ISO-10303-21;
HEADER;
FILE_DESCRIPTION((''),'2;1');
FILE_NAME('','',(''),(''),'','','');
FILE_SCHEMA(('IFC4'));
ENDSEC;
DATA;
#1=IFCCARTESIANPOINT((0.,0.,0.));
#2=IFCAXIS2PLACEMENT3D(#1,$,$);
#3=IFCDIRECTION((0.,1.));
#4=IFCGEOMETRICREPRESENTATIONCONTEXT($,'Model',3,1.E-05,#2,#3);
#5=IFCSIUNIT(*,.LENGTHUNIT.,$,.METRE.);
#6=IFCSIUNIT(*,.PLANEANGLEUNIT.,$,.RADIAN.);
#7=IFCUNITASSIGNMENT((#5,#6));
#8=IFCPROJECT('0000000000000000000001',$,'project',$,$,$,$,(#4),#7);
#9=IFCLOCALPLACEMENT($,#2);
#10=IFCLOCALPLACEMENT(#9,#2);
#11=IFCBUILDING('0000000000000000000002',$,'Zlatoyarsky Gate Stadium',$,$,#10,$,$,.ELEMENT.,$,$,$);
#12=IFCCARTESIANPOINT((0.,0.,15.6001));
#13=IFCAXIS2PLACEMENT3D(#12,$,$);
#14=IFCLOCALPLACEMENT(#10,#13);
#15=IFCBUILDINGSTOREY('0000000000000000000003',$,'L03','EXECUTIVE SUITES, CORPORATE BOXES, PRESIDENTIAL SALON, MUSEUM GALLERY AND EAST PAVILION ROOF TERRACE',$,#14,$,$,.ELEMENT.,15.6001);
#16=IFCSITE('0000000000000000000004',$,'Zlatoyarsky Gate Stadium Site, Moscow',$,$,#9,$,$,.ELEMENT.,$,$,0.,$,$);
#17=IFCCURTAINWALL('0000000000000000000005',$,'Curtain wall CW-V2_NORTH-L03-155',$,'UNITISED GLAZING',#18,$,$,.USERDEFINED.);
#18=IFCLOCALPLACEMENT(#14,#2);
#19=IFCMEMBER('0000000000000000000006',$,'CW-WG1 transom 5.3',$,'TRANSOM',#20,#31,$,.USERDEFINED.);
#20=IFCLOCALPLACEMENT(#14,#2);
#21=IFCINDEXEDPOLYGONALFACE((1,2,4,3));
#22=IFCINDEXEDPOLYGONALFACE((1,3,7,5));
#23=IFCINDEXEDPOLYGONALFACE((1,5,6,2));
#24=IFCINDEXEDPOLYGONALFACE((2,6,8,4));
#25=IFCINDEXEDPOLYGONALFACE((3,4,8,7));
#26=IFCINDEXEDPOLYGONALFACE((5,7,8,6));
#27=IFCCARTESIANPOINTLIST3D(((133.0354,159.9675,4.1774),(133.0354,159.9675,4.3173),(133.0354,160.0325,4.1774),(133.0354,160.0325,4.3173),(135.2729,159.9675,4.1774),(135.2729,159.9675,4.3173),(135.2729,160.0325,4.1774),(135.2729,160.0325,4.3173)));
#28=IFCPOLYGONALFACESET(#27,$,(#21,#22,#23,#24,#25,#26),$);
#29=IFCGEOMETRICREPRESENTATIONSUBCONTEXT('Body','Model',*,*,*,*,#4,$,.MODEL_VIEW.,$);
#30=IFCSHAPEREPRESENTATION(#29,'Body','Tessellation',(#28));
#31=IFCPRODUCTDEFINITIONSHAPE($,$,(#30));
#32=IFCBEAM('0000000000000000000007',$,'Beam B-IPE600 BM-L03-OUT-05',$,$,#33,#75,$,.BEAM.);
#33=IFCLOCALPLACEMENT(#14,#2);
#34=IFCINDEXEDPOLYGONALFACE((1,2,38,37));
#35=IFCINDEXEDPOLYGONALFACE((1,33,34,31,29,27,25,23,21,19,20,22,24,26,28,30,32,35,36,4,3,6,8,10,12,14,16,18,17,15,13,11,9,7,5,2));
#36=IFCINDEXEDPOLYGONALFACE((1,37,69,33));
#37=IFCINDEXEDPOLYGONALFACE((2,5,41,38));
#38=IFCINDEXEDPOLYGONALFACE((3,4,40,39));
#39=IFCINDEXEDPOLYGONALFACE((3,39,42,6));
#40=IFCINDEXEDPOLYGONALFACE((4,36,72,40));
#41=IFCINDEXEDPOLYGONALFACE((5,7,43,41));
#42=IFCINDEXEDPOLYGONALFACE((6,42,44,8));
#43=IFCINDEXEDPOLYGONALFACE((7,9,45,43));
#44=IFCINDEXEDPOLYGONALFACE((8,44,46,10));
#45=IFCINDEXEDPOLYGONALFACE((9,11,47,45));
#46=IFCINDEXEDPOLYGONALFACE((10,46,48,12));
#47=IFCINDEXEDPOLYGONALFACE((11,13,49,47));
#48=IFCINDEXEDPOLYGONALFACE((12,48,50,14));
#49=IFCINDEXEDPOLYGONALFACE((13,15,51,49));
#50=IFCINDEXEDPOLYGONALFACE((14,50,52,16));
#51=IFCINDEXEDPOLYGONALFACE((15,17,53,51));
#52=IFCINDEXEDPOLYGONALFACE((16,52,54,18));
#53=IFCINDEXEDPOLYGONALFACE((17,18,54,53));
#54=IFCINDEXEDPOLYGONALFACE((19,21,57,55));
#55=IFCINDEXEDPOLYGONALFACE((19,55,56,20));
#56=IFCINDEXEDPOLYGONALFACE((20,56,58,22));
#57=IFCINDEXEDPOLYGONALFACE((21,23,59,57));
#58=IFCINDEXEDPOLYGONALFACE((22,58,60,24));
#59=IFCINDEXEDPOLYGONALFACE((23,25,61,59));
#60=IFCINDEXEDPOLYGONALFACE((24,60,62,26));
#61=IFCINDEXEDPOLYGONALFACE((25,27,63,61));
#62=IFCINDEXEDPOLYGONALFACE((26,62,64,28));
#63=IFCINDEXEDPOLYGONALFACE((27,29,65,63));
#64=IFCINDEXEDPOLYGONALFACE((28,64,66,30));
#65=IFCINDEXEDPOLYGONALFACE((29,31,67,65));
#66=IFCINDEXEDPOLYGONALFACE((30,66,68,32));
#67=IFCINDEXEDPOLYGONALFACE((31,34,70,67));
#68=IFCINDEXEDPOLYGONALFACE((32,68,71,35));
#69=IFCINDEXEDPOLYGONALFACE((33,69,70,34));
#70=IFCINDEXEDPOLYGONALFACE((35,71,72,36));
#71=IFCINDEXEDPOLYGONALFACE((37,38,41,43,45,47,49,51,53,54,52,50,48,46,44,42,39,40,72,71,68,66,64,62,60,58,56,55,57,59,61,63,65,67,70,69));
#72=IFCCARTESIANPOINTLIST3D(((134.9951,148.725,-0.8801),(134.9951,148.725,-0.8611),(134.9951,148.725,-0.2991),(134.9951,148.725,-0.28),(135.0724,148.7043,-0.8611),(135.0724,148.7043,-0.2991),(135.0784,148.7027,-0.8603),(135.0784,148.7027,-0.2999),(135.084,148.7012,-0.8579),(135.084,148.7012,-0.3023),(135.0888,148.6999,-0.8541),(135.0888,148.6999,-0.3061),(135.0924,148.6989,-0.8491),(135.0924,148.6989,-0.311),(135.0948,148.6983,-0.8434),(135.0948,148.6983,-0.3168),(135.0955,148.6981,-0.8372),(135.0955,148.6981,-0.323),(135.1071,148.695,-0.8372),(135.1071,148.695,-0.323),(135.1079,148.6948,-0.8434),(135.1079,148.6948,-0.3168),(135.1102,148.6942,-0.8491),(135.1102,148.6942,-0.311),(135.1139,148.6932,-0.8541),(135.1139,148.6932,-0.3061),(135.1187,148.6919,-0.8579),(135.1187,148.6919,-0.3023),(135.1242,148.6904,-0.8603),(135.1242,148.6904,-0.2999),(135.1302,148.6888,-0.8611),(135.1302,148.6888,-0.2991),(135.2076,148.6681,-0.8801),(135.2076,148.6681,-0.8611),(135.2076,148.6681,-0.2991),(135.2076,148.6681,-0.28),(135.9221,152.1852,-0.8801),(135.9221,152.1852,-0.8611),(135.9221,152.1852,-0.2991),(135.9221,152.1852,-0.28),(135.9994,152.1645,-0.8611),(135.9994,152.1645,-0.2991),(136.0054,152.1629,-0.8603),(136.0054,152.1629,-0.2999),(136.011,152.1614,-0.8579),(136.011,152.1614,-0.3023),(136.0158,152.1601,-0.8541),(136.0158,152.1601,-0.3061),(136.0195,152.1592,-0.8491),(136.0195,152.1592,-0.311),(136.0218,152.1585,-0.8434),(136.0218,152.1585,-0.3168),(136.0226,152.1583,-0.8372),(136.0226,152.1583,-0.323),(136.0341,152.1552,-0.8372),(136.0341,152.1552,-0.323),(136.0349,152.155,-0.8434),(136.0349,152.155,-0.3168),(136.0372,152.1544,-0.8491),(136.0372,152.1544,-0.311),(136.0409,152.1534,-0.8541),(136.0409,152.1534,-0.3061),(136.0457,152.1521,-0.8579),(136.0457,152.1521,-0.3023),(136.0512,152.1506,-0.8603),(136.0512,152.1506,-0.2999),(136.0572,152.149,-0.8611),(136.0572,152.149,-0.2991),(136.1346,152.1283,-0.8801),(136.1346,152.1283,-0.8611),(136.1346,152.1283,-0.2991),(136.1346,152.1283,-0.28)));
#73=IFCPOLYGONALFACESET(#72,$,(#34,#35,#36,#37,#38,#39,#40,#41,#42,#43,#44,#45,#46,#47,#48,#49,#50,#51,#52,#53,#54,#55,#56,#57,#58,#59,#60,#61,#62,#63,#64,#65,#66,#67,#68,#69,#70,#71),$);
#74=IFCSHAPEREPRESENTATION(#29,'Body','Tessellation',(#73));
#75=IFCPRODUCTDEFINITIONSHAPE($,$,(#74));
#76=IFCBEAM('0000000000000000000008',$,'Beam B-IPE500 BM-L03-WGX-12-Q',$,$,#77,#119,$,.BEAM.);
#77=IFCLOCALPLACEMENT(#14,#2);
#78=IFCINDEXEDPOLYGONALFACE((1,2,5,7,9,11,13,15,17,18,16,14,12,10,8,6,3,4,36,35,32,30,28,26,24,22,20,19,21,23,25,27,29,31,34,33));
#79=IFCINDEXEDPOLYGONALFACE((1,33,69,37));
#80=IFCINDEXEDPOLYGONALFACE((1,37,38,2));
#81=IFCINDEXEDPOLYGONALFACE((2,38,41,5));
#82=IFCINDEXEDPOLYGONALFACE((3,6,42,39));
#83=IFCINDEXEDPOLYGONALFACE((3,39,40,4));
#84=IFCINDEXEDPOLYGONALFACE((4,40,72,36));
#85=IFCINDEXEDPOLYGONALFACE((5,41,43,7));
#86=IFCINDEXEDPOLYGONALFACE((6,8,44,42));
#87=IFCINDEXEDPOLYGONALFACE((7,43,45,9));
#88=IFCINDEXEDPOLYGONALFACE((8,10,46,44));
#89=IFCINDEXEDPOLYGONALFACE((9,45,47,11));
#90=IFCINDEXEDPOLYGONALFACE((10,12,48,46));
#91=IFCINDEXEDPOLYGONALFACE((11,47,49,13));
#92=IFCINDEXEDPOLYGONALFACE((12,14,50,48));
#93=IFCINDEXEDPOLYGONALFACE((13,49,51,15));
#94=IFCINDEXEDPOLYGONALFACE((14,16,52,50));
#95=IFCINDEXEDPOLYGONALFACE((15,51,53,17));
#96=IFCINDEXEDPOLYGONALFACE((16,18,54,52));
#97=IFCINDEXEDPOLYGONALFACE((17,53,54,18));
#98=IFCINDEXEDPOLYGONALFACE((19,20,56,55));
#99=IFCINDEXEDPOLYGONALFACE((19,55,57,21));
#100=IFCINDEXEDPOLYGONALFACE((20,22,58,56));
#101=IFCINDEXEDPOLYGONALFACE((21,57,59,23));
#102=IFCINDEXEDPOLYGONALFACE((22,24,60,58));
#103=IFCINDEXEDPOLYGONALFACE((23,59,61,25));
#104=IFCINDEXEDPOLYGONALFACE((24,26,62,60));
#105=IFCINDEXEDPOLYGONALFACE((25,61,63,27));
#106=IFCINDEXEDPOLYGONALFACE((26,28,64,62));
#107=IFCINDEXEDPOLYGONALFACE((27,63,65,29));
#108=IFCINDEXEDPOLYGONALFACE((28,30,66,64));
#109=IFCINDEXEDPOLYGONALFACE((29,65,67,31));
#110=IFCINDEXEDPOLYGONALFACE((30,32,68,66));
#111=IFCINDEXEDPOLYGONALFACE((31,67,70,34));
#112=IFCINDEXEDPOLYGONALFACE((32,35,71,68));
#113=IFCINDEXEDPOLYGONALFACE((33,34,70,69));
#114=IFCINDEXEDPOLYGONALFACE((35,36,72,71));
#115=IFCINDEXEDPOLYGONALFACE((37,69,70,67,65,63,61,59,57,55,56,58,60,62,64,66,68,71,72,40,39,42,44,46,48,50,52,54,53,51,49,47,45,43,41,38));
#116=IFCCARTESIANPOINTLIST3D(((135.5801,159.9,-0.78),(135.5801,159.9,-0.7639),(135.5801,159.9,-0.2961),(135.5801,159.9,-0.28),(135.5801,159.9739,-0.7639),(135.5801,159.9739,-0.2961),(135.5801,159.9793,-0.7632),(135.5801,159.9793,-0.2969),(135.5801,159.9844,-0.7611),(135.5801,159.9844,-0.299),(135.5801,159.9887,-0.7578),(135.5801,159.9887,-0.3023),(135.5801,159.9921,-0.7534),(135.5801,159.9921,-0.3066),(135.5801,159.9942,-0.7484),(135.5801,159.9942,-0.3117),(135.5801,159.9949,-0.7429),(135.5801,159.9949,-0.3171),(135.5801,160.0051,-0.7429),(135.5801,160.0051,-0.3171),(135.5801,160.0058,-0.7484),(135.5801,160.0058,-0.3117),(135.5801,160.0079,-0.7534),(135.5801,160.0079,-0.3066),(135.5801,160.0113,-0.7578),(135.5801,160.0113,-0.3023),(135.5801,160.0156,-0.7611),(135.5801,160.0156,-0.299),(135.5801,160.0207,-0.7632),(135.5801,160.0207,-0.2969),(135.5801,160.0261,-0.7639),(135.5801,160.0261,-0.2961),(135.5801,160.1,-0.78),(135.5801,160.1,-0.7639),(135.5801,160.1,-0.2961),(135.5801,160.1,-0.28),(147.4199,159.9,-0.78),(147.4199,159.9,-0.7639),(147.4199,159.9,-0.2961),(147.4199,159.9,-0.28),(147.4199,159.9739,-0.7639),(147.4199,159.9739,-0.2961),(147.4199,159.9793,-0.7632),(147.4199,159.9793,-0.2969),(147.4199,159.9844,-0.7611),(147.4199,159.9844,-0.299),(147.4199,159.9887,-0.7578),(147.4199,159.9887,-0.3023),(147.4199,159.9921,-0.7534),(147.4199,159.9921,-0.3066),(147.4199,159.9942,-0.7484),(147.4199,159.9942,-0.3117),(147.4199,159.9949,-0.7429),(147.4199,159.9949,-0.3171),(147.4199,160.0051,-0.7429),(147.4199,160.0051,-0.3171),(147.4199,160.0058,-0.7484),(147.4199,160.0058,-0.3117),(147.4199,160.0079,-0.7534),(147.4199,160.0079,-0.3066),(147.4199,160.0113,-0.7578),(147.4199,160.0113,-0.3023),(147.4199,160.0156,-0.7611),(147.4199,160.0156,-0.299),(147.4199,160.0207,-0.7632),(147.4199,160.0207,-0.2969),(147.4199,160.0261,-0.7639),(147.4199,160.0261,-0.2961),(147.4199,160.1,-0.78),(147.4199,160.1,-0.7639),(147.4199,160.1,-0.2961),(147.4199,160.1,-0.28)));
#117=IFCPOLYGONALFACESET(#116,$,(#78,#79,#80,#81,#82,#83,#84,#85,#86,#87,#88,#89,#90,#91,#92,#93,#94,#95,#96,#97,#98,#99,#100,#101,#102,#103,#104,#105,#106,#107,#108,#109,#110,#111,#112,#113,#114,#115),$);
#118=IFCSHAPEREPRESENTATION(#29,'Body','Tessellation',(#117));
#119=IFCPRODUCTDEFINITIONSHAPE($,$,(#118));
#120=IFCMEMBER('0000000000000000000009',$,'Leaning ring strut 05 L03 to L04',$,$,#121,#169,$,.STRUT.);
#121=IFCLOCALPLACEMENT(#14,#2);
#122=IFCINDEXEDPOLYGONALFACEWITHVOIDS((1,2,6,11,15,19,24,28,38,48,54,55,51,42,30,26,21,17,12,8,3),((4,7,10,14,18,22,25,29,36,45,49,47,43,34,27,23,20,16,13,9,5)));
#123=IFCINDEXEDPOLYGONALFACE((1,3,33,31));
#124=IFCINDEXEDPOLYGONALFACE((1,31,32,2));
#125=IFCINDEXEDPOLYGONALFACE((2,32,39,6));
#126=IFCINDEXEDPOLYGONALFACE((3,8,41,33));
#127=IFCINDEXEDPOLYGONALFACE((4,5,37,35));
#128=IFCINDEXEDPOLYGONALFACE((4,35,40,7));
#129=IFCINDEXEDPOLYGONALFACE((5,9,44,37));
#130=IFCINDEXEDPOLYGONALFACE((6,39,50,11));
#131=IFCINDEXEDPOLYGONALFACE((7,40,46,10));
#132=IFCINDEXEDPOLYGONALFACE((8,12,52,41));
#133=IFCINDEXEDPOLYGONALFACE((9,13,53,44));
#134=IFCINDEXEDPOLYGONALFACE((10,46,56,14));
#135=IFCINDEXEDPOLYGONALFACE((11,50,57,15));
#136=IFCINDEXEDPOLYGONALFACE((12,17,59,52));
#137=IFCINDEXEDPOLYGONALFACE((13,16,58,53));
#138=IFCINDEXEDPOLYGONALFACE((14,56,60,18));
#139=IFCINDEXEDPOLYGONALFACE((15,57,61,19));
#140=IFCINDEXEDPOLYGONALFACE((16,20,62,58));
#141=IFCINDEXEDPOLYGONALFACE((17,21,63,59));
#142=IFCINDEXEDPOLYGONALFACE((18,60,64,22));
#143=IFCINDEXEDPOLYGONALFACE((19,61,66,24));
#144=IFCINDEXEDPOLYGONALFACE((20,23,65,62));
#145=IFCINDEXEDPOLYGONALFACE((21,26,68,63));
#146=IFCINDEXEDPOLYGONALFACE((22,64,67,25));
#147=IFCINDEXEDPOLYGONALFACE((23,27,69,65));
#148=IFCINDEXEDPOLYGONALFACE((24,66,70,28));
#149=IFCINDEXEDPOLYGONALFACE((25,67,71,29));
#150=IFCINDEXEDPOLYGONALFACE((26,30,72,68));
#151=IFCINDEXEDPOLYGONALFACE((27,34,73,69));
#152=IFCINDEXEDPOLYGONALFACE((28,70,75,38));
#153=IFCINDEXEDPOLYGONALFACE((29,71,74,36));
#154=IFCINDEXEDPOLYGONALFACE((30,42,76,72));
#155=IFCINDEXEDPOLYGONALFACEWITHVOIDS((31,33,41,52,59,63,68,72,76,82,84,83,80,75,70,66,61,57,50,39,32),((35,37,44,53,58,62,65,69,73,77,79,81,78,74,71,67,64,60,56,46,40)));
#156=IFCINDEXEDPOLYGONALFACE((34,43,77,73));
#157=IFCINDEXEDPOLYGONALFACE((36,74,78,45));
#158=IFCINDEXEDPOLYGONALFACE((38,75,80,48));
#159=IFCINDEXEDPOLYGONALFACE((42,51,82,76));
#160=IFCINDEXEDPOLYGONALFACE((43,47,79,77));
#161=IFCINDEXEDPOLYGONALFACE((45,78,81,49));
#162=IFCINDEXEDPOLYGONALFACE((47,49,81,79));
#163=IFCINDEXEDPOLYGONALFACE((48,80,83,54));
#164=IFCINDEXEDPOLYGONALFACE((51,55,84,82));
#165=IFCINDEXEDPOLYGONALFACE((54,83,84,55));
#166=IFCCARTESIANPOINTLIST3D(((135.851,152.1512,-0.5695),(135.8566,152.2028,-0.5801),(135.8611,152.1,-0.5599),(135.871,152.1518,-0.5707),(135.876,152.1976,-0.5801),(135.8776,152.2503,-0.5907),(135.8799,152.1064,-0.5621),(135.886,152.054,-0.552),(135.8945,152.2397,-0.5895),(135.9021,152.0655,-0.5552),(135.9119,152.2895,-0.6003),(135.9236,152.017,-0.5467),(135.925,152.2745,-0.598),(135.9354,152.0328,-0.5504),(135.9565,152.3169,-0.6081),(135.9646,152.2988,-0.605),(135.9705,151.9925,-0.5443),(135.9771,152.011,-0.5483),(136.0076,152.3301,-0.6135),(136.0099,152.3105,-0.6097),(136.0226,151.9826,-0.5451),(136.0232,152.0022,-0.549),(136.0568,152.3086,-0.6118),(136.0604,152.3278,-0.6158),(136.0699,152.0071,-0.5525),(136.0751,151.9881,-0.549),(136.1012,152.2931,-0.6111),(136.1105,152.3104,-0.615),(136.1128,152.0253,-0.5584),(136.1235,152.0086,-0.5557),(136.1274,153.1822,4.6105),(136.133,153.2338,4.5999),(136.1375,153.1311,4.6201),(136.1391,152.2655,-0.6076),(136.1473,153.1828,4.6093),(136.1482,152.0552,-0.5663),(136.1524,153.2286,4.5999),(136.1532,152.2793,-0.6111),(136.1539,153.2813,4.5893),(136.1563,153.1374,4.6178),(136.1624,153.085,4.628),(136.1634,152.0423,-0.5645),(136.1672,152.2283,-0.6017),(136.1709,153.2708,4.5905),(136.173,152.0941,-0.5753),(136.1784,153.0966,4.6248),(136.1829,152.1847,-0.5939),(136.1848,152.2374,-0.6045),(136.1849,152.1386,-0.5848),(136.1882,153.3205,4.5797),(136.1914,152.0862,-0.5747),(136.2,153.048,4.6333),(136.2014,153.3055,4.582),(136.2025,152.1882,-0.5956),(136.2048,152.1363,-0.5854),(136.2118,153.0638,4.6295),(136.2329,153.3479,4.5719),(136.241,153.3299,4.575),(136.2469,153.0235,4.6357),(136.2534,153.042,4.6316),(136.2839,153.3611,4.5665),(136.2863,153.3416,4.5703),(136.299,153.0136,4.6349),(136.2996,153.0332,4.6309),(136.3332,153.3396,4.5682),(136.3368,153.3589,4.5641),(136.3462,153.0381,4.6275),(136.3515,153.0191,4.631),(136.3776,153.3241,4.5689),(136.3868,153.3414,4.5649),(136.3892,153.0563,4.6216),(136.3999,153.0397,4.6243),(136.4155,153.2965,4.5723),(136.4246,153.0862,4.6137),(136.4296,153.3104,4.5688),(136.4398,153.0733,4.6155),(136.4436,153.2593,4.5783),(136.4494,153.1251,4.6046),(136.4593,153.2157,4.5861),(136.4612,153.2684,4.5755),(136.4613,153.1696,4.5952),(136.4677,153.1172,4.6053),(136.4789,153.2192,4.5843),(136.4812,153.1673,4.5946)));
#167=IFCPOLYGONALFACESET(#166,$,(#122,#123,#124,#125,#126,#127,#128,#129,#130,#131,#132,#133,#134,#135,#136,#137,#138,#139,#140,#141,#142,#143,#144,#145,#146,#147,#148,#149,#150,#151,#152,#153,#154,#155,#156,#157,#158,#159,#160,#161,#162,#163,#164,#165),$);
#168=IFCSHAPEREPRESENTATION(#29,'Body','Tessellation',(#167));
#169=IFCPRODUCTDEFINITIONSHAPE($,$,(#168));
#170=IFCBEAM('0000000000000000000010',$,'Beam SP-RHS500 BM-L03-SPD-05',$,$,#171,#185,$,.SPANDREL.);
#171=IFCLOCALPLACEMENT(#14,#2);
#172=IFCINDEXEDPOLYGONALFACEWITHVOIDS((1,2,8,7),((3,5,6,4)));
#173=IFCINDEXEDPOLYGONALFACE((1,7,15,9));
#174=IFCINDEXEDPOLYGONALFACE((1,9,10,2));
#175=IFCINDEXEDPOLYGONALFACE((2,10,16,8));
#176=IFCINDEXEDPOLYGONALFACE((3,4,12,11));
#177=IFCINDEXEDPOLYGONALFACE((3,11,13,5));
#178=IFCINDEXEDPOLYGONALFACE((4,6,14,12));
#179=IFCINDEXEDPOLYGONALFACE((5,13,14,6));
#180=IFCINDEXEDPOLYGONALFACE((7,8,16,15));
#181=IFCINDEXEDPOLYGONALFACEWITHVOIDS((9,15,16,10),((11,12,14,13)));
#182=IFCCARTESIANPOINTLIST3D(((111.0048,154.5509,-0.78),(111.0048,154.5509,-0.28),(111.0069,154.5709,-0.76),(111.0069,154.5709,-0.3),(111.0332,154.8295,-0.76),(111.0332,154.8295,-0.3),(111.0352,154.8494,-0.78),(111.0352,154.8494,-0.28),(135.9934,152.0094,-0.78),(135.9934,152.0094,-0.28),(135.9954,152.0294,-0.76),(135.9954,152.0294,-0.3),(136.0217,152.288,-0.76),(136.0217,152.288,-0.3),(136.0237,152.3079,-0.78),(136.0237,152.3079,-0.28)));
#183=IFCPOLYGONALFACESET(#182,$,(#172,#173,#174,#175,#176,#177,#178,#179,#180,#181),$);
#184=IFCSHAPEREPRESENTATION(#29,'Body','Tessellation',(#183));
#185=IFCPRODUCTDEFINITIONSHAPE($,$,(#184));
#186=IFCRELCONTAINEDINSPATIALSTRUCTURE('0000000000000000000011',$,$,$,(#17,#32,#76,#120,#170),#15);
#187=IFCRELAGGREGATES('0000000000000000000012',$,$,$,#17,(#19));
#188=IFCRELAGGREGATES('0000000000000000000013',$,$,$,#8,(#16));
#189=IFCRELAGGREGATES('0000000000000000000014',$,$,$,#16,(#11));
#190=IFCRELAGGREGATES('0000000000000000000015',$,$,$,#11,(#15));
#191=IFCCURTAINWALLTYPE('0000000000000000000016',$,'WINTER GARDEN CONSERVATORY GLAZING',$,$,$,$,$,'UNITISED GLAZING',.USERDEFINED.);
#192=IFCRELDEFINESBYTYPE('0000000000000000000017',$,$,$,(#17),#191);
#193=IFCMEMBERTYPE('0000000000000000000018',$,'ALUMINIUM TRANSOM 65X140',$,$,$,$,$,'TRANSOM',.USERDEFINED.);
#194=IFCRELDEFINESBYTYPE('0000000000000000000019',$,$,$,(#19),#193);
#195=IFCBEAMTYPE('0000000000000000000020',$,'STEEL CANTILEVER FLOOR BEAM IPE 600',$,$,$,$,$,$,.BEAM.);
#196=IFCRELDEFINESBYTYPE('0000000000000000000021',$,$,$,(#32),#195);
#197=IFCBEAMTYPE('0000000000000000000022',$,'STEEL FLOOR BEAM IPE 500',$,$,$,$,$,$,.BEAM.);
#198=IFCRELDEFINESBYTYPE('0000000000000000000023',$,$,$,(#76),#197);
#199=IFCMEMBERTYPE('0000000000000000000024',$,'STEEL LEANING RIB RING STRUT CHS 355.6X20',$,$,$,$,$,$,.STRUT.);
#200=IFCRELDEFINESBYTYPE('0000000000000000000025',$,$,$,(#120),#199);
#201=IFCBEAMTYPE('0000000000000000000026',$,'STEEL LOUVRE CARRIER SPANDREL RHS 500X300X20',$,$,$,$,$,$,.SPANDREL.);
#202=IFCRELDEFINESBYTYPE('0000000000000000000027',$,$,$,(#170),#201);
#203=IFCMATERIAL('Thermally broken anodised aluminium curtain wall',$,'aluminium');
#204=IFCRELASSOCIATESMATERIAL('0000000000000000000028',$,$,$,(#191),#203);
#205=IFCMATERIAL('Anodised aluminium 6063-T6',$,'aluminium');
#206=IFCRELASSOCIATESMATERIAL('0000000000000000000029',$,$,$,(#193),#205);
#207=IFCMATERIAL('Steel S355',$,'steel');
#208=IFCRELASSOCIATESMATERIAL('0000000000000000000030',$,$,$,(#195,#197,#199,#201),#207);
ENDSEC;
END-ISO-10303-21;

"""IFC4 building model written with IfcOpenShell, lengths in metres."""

from ifc_helpers import new_model, si_unit, direction, frame, origin, origin_2d, place, context, subcontext, project, spatial, rectangle, hollow_rectangle, hollow_circle, i_section, extrude, material, material_profile, profile_set, type_object, element, aggregate, save


model = new_model("IFC4")

# Units and contexts
model_context = context("Model", 3, precision=1e-05, world=origin(), true_north=direction((0.0, 1.0)))
body_context = subcontext(model_context, "Body", "Model", "MODEL_VIEW")
ifc_project = project(units=[si_unit("LENGTHUNIT", "METRE"), si_unit("PLANEANGLEUNIT", "RADIAN")], contexts=[model_context])

# Site, building, storey
site_placement = place(None, origin())
site = spatial("IfcSite", under=ifc_project, at=site_placement, Name="Zlatoyarsky Gate Stadium Site, Moscow", CompositionType="ELEMENT", RefElevation=0.0)
building_placement = place(site_placement, origin())
building = spatial("IfcBuilding", under=site, at=building_placement, Name="Zlatoyarsky Gate Stadium", CompositionType="ELEMENT")
storey_placement = place(building_placement, frame((0.0, 0.0, 15.6001)))
storey = spatial("IfcBuildingStorey", under=building, at=storey_placement, Name="L03", Description="EXECUTIVE SUITES, CORPORATE BOXES, PRESIDENTIAL SALON, MUSEUM GALLERY AND EAST PAVILION ROOF TERRACE", CompositionType="ELEMENT", Elevation=15.6001)

# Shared definitions
ifc_material_1 = material(Name="Steel S355", Category="steel")

# Curtain wall
ifc_material_2 = material(Name="Thermally broken anodised aluminium curtain wall", Category="aluminium")
ifc_material_3 = material(Name="Anodised aluminium 6063-T6", Category="aluminium")
curtain_wall_type_1 = type_object("IfcCurtainWallType", Name="WINTER GARDEN CONSERVATORY GLAZING", ElementType="UNITISED GLAZING", PredefinedType="USERDEFINED", material=ifc_material_2)
curtain_wall_1_placement = place(storey_placement, origin())
curtain_wall_1 = element("IfcCurtainWall", 1, at=curtain_wall_1_placement, inside=storey, type_object=curtain_wall_type_1, Name="Curtain wall CW-V2_NORTH-L03-155", ObjectType="UNITISED GLAZING", PredefinedType="USERDEFINED")

# Member
ifc_material_profile_1 = material_profile(ifc_material_3, rectangle(XDim=0.0649, YDim=0.1399, at=origin_2d()), Name="ALU 65X140")
ifc_profile_set_1 = profile_set([ifc_material_profile_1], Name="Anodised aluminium 6063-T6")
member_type_1 = type_object("IfcMemberType", Name="ALUMINIUM TRANSOM 65X140", ElementType="TRANSOM", PredefinedType="USERDEFINED", material=ifc_profile_set_1)
member_1_placement = place(storey_placement, frame((133.0354, 160.0, 4.2473), z_axis=(1.0, 0.0, 0.0), x_axis=(0.0, 1.0, 0.0)))
member_1 = element("IfcMember", 2, at=member_1_placement, type_object=member_type_1, Name="CW-WG1 transom 5.3", ObjectType="TRANSOM", PredefinedType="USERDEFINED", context=body_context, shape_type="SweptSolid", body=[
    extrude(rectangle(XDim=0.0649, YDim=0.1399, at=origin_2d()), origin(), (0.0, 0.0, 1.0), 2.2375),
])

# Beams
ifc_material_profile_2 = material_profile(ifc_material_1, i_section(OverallWidth=0.22, OverallDepth=0.6001, WebThickness=0.012, FlangeThickness=0.019, FilletRadius=0.0239, at=origin_2d()), Name="IPE 600")
ifc_profile_set_2 = profile_set([ifc_material_profile_2], Name="Steel S355")
beam_type_1 = type_object("IfcBeamType", Name="STEEL CANTILEVER FLOOR BEAM IPE 600", PredefinedType="BEAM", material=ifc_profile_set_2)
beam_1_placement = place(storey_placement, frame((135.1013, 148.6965, -0.5801), z_axis=(0.258778, 0.965937, 0.0), x_axis=(-0.965937, 0.258778, 0.0)))
element("IfcBeam", 3, at=beam_1_placement, inside=storey, type_object=beam_type_1, Name="Beam B-IPE600 BM-L03-OUT-05", PredefinedType="BEAM", context=body_context, shape_type="SweptSolid", body=[
    extrude(i_section(OverallWidth=0.22, OverallDepth=0.6001, WebThickness=0.012, FlangeThickness=0.019, FilletRadius=0.0239, at=origin_2d()), origin(), (0.0, 0.0, 1.0), 3.5823),
])
ifc_material_profile_3 = material_profile(ifc_material_1, i_section(OverallWidth=0.2, OverallDepth=0.5, WebThickness=0.0103, FlangeThickness=0.0161, FilletRadius=0.021, at=origin_2d()), Name="IPE 500")
ifc_profile_set_3 = profile_set([ifc_material_profile_3], Name="Steel S355")
beam_type_2 = type_object("IfcBeamType", Name="STEEL FLOOR BEAM IPE 500", PredefinedType="BEAM", material=ifc_profile_set_3)
beam_2_placement = place(storey_placement, frame((135.5801, 160.0, -0.53), z_axis=(1.0, 0.0, 0.0), x_axis=(0.0, 1.0, 0.0)))
element("IfcBeam", 4, at=beam_2_placement, inside=storey, type_object=beam_type_2, Name="Beam B-IPE500 BM-L03-WGX-12-Q", PredefinedType="BEAM", context=body_context, shape_type="SweptSolid", body=[
    extrude(i_section(OverallWidth=0.2, OverallDepth=0.5, WebThickness=0.0103, FlangeThickness=0.0161, FilletRadius=0.021, at=origin_2d()), origin(), (0.0, 0.0, 1.0), 11.8398),
])

# Member
ifc_material_profile_4 = material_profile(ifc_material_1, hollow_circle(Radius=0.1777, WallThickness=0.02, at=origin_2d()), Name="CHS 355.6X20")
ifc_profile_set_4 = profile_set([ifc_material_profile_4], Name="Steel S355")
member_type_2 = type_object("IfcMemberType", Name="STEEL LEANING RIB RING STRUT CHS 355.6X20", PredefinedType="STRUT", material=ifc_profile_set_4)
member_2_placement = place(storey_placement, frame((136.0283, 152.1567, -0.5801), z_axis=(0.052256, 0.194943, 0.979422), x_axis=(-0.9659, 0.258915, 0.0)))
element("IfcMember", 5, at=member_2_placement, inside=storey, type_object=member_type_2, Name="Leaning ring strut 05 L03 to L04", PredefinedType="STRUT", context=body_context, shape_type="SweptSolid", body=[
    extrude(hollow_circle(Radius=0.1777, WallThickness=0.02, at=origin_2d()), origin(), (0.0, 0.0, 1.0), 5.2888),
])

# Beam
ifc_material_profile_5 = material_profile(ifc_material_1, hollow_rectangle(XDim=0.3, YDim=0.5, WallThickness=0.02, at=origin_2d()), Name="RHS 500X300X20")
ifc_profile_set_5 = profile_set([ifc_material_profile_5], Name="Steel S355")
beam_type_3 = type_object("IfcBeamType", Name="STEEL LOUVRE CARRIER SPANDREL RHS 500X300X20", PredefinedType="SPANDREL", material=ifc_profile_set_5)
beam_3_placement = place(storey_placement, frame((136.0085, 152.1587, -0.53), z_axis=(-0.994868, 0.101185, 0.0), x_axis=(-0.101185, -0.994868, 0.0)))
element("IfcBeam", 6, at=beam_3_placement, inside=storey, type_object=beam_type_3, Name="Beam SP-RHS500 BM-L03-SPD-05", PredefinedType="SPANDREL", context=body_context, shape_type="SweptSolid", body=[
    extrude(hollow_rectangle(XDim=0.3, YDim=0.5, WallThickness=0.02, at=origin_2d()), origin(), (0.0, 0.0, 1.0), 25.1174),
])

aggregate(curtain_wall_1, [member_1])

save(model, "model.ifc")
